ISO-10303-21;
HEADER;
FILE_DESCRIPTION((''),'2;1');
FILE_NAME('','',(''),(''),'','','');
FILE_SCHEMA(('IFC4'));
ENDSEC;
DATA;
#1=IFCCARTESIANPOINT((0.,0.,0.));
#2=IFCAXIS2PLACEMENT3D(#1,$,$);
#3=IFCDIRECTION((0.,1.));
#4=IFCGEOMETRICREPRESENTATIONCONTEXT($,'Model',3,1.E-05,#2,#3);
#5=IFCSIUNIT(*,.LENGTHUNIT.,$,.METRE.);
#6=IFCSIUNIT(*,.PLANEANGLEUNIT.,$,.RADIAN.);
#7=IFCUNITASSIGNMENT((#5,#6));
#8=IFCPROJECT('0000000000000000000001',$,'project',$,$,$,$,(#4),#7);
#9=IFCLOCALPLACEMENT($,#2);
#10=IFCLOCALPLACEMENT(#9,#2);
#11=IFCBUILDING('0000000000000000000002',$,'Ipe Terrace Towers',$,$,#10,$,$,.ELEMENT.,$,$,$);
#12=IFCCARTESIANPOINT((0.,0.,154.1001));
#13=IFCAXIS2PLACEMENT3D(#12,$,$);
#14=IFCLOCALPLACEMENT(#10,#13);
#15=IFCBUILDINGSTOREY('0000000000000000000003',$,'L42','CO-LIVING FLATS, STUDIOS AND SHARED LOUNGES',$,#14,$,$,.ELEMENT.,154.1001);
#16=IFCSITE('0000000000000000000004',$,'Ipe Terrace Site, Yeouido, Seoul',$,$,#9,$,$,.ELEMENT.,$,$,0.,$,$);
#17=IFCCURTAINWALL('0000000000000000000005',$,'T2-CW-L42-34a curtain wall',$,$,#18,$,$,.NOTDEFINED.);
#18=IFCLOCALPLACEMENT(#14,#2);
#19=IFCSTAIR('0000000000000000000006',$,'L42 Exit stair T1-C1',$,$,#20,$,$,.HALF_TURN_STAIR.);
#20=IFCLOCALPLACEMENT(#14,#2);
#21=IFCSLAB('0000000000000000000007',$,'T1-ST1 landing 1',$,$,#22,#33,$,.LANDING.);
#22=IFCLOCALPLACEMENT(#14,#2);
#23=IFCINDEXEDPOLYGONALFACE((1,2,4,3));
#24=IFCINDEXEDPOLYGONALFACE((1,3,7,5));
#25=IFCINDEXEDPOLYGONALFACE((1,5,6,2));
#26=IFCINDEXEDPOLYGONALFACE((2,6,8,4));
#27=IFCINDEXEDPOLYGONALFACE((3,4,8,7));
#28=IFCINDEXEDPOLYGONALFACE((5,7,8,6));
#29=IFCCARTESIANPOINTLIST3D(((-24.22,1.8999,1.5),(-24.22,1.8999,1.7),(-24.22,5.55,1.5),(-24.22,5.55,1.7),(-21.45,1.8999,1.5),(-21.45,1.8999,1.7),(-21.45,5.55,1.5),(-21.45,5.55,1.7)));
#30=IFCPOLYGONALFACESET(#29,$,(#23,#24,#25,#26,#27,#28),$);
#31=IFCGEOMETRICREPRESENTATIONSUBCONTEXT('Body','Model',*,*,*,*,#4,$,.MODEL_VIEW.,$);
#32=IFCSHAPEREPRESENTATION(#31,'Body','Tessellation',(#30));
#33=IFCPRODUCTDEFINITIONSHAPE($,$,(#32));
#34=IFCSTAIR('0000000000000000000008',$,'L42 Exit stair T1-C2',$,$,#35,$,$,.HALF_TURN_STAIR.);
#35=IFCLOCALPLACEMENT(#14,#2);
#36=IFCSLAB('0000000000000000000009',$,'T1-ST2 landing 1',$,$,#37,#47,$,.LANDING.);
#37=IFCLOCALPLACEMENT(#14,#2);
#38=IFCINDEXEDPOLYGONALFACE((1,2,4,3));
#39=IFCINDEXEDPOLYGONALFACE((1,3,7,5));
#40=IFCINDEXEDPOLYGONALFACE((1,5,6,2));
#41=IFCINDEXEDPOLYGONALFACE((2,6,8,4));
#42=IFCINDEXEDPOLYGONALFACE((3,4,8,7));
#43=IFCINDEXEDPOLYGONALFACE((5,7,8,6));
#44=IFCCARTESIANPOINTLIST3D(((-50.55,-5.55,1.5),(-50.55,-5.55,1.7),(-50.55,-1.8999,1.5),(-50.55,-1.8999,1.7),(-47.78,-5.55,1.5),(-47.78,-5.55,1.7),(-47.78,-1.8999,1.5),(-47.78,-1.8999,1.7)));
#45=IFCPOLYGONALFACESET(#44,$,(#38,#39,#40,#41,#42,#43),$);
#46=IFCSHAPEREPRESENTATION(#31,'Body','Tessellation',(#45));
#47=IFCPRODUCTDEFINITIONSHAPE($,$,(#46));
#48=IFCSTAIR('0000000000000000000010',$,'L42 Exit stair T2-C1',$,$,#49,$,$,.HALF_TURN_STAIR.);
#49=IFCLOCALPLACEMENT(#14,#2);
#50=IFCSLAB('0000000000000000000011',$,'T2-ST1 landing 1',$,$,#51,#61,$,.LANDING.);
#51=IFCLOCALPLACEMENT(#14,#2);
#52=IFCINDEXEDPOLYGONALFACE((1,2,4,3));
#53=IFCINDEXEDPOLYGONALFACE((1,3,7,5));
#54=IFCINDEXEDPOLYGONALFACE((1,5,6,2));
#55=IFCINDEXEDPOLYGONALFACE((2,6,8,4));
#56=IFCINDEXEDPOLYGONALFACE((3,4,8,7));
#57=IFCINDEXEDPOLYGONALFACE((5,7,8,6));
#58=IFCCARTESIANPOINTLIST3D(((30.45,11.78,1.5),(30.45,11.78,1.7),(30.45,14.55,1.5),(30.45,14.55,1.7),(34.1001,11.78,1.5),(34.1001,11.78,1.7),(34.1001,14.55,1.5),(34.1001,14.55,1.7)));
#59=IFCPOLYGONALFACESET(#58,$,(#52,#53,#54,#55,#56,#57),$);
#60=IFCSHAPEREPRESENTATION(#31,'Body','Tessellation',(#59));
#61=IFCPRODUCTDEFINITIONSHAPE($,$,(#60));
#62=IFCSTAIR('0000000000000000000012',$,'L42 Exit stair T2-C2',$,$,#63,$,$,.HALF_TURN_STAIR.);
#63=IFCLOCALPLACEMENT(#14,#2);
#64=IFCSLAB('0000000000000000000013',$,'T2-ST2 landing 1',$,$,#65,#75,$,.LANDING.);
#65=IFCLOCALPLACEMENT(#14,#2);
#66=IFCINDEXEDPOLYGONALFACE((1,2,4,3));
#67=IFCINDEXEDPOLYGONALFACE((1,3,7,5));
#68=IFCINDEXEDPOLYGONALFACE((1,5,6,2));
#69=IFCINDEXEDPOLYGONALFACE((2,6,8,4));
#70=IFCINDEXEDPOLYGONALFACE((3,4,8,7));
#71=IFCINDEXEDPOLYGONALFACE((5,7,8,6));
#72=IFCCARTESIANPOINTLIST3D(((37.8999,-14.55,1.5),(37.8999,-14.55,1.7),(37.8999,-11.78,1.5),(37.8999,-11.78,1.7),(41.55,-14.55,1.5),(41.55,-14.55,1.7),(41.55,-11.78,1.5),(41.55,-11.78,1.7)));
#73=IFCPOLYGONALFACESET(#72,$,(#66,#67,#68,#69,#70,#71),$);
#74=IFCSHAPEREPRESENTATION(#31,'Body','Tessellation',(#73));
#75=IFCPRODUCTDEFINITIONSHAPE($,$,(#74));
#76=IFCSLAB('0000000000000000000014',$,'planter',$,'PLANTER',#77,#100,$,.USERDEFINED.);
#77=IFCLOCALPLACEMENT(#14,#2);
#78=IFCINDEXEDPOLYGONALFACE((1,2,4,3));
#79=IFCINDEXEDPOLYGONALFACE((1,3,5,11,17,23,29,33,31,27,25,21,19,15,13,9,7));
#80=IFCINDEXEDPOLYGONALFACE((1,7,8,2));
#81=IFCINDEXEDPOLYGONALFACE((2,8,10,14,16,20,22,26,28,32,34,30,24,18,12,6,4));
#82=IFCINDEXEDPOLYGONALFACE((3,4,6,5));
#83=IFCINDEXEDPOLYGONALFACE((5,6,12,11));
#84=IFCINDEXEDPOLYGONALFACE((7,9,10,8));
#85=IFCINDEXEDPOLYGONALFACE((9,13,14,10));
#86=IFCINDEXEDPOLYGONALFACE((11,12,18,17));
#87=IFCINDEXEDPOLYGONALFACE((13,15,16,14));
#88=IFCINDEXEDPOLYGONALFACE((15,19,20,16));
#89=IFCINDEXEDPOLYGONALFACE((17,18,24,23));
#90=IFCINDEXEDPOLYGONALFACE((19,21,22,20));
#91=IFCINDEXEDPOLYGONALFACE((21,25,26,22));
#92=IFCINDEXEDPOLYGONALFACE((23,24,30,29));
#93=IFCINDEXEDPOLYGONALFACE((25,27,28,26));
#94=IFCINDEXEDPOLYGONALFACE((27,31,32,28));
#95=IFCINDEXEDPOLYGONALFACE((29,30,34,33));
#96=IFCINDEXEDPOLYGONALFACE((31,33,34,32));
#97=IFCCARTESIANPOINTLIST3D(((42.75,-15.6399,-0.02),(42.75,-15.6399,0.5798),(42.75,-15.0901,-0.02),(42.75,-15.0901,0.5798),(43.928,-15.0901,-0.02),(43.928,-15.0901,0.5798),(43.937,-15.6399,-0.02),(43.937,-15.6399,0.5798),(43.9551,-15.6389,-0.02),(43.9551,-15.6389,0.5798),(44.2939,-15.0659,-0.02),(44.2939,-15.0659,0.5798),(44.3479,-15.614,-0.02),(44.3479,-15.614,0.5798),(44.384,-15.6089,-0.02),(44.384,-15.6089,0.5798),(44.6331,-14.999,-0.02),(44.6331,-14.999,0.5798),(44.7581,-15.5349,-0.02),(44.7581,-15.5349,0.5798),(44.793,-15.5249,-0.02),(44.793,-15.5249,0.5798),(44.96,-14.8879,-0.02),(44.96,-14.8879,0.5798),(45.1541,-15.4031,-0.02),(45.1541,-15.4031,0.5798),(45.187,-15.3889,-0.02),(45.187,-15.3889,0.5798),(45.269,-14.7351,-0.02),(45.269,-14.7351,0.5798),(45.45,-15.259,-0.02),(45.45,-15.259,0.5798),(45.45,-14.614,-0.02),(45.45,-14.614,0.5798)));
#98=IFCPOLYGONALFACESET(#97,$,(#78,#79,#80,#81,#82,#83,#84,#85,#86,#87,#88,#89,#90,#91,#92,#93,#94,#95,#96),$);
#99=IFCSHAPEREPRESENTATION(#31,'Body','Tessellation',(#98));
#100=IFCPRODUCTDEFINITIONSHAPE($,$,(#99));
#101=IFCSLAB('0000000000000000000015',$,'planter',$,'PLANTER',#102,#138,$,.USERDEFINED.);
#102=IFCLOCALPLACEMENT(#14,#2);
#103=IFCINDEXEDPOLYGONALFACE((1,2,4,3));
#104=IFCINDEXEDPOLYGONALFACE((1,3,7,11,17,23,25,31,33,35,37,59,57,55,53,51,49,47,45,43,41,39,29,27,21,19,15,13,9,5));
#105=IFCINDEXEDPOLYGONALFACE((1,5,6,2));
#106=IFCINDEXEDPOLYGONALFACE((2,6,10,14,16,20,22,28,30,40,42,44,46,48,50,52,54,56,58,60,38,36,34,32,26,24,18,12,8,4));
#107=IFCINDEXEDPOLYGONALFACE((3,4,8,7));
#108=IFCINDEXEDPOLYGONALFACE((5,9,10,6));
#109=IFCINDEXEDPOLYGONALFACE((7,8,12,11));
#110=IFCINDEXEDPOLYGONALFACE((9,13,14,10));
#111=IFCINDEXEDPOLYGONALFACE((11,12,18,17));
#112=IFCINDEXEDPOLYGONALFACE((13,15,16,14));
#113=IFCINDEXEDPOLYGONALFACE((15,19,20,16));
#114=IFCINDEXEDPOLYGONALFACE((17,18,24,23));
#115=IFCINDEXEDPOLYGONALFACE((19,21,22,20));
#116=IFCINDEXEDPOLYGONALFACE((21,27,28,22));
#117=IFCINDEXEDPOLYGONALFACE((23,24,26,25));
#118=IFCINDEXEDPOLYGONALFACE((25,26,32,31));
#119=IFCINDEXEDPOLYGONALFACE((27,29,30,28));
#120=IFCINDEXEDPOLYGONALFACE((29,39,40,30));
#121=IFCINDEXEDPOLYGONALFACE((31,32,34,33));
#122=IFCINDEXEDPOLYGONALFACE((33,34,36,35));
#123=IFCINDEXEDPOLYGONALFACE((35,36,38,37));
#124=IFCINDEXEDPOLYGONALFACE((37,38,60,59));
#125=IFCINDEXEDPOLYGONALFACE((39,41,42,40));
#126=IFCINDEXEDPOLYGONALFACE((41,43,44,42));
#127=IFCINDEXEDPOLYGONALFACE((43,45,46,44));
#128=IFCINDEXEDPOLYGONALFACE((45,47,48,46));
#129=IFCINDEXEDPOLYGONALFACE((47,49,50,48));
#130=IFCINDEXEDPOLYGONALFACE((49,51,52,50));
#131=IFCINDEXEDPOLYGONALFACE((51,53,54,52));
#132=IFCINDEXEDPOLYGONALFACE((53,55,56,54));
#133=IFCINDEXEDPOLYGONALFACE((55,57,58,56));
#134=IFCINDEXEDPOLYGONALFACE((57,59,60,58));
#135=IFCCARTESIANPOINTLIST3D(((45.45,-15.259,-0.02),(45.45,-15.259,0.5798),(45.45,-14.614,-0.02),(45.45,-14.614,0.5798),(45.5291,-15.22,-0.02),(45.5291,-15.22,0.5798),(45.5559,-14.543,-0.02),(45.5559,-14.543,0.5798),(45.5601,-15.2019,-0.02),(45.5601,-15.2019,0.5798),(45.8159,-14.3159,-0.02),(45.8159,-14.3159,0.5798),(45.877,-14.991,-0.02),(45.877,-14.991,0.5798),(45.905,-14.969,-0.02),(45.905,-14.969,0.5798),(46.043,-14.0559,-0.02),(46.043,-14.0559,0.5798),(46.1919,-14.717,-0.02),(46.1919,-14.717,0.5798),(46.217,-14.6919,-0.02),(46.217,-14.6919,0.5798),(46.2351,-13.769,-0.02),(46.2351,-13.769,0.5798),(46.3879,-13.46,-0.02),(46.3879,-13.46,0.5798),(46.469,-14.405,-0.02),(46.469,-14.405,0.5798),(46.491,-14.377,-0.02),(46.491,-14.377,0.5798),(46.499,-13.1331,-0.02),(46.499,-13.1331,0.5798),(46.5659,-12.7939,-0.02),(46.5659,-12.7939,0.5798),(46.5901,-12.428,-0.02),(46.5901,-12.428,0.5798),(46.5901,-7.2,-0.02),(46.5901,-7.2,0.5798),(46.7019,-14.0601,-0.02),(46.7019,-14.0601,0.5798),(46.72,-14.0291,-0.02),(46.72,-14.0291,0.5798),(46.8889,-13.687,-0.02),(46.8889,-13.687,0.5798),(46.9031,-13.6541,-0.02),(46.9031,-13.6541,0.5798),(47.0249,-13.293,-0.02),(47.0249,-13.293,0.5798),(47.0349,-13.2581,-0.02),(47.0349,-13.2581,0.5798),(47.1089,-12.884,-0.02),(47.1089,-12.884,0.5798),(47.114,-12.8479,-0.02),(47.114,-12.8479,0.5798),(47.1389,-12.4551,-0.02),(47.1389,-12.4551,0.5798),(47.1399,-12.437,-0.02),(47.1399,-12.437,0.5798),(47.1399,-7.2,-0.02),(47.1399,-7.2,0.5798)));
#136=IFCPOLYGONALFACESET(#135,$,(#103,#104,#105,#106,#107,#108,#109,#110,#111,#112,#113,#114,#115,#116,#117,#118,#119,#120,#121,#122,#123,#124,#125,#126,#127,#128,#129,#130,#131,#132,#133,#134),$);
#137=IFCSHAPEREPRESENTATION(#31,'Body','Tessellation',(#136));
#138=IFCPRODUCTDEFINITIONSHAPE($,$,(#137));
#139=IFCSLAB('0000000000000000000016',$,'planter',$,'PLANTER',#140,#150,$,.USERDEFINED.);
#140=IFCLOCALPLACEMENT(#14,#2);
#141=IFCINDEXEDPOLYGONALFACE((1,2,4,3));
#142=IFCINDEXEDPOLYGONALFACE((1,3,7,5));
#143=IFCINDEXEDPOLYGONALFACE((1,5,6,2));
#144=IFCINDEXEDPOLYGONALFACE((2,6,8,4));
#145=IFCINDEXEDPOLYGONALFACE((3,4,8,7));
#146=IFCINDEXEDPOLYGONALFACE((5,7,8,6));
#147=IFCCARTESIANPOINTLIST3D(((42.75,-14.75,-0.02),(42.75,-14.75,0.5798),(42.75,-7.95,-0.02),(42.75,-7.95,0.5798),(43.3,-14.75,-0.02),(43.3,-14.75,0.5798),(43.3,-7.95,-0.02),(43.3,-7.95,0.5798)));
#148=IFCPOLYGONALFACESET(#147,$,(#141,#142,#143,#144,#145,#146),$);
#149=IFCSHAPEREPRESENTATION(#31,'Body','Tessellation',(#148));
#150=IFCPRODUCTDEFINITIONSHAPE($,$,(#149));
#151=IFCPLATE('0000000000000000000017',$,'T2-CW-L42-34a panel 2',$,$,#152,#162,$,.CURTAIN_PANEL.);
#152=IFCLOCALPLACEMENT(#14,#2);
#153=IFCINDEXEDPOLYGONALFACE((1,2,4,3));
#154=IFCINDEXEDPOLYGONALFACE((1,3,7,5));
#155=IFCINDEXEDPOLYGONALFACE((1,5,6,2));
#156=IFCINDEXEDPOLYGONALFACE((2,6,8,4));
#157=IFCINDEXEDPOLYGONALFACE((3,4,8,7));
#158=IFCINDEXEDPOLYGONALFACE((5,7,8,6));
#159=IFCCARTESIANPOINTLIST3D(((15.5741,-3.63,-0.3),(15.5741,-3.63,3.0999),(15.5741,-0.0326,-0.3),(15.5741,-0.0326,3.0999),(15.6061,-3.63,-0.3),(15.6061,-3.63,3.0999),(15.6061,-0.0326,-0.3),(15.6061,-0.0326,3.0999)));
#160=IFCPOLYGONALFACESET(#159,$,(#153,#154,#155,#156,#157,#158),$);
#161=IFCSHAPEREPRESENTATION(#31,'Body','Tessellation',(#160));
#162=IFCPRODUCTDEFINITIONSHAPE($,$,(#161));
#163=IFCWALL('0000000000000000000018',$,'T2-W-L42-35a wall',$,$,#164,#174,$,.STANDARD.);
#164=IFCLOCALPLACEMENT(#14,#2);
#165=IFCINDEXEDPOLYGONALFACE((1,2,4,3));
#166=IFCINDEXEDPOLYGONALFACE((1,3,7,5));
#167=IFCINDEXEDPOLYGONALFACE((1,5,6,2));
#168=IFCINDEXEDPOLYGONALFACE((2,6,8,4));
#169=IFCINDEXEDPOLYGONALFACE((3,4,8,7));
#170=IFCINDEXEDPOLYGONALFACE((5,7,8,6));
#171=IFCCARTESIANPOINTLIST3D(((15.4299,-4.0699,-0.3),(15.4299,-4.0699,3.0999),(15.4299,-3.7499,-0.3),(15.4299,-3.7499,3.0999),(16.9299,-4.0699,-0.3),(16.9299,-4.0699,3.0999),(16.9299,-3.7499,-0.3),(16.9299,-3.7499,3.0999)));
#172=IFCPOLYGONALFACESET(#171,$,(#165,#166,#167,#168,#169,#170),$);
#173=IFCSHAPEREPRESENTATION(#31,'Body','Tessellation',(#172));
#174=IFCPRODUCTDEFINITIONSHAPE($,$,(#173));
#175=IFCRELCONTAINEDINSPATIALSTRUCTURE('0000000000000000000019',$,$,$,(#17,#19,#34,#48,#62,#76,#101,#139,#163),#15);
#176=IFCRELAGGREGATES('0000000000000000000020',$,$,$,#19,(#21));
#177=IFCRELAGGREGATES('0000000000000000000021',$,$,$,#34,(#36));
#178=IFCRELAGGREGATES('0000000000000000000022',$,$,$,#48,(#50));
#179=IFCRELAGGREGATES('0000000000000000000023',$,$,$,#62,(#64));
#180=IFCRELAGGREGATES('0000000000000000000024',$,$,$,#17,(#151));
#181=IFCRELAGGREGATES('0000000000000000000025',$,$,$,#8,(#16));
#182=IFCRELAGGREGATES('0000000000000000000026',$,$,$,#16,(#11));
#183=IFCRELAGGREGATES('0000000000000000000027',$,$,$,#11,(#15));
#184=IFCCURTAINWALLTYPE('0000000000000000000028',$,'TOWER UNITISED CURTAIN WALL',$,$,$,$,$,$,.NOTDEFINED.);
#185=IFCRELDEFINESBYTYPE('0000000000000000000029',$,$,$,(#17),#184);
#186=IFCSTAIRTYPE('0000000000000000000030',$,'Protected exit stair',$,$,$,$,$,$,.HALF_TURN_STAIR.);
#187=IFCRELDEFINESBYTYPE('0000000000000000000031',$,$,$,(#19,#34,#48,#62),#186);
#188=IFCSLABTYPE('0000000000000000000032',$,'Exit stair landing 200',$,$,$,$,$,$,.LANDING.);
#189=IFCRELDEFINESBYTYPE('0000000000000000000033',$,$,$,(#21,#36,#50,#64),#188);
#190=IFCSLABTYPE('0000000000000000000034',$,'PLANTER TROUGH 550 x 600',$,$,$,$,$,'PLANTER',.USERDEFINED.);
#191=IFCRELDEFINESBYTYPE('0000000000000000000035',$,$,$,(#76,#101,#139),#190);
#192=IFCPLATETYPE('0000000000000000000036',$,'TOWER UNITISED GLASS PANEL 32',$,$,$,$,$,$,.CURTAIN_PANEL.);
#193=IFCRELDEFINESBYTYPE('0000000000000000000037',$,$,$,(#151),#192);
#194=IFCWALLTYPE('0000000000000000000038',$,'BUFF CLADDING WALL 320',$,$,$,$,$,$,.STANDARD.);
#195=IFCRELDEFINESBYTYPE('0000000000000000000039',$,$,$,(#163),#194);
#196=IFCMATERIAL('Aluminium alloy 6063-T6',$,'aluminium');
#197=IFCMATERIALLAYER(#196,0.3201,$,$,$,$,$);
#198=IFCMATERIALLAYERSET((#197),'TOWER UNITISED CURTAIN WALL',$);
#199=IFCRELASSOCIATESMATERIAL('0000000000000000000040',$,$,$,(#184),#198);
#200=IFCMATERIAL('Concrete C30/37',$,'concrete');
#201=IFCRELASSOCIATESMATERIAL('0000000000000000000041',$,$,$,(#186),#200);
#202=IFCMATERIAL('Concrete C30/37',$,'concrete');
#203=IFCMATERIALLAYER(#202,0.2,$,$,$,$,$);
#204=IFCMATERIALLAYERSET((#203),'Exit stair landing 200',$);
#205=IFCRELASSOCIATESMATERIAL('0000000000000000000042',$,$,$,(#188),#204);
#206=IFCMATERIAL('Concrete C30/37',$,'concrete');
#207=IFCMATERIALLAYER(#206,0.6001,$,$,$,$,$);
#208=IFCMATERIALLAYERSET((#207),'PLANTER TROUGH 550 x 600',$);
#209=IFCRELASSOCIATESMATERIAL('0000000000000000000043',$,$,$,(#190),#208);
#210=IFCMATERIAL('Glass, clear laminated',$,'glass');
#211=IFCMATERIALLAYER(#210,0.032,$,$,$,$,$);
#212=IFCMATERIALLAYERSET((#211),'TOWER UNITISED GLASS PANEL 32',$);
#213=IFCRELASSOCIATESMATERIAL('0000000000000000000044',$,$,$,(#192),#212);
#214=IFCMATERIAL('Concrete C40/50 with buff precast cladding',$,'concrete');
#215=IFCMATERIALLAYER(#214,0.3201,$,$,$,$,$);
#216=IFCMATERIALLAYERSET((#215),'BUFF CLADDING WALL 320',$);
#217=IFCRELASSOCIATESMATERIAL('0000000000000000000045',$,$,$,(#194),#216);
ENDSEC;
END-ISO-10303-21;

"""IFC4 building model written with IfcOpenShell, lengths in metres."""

from ifc_helpers import new_model, si_unit, direction, frame, frame_2d, origin, origin_2d, place, context, subcontext, project, spatial, polyline, rectangle, outline, extrude, material, layer, layer_set, type_object, element, aggregate, save


model = new_model("IFC4")

# Units and contexts
model_context = context("Model", 3, precision=1e-05, world=origin(), true_north=direction((0.0, 1.0)))
body_context = subcontext(model_context, "Body", "Model", "MODEL_VIEW")
ifc_project = project(units=[si_unit("LENGTHUNIT", "METRE"), si_unit("PLANEANGLEUNIT", "RADIAN")], contexts=[model_context])

# Site, building, storey
site_placement = place(None, origin())
site = spatial("IfcSite", under=ifc_project, at=site_placement, Name="Ipe Terrace Site, Yeouido, Seoul", CompositionType="ELEMENT", RefElevation=0.0)
building_placement = place(site_placement, origin())
building = spatial("IfcBuilding", under=site, at=building_placement, Name="Ipe Terrace Towers", CompositionType="ELEMENT")
storey_placement = place(building_placement, frame((0.0, 0.0, 154.1001)))
storey = spatial("IfcBuildingStorey", under=building, at=storey_placement, Name="L42", Description="CO-LIVING FLATS, STUDIOS AND SHARED LOUNGES", CompositionType="ELEMENT", Elevation=154.1001)

# Curtain wall
ifc_material_1 = material(Name="Aluminium alloy 6063-T6", Category="aluminium")
ifc_layer_1 = layer(ifc_material_1, 0.3201)
ifc_layer_set_1 = layer_set([ifc_layer_1], Name="TOWER UNITISED CURTAIN WALL")
curtain_wall_type = type_object("IfcCurtainWallType", Name="TOWER UNITISED CURTAIN WALL", PredefinedType="NOTDEFINED", material=ifc_layer_set_1)
curtain_wall_1_placement = place(storey_placement, origin())
curtain_wall_1 = element("IfcCurtainWall", 1, at=curtain_wall_1_placement, inside=storey, type_object=curtain_wall_type, Name="T2-CW-L42-34a curtain wall", PredefinedType="NOTDEFINED")

# Stairs, slabs
ifc_material_2 = material(Name="Concrete C30/37", Category="concrete")
stair_type = type_object("IfcStairType", Name="Protected exit stair", PredefinedType="HALF_TURN_STAIR", material=ifc_material_2)
stair_1_placement = place(storey_placement, origin())
stair_1 = element("IfcStair", 2, at=stair_1_placement, inside=storey, type_object=stair_type, Name="L42 Exit stair T1-C1", PredefinedType="HALF_TURN_STAIR")
ifc_material_3 = material(Name="Concrete C30/37", Category="concrete")
ifc_layer_2 = layer(ifc_material_3, 0.2)
ifc_layer_set_2 = layer_set([ifc_layer_2], Name="Exit stair landing 200")
slab_type_1 = type_object("IfcSlabType", Name="Exit stair landing 200", PredefinedType="LANDING", material=ifc_layer_set_2)
slab_1_placement = place(storey_placement, frame((0.0, 0.0, 1.5)))
slab_1 = element("IfcSlab", 3, at=slab_1_placement, type_object=slab_type_1, Name="T1-ST1 landing 1", PredefinedType="LANDING", context=body_context, shape_type="SweptSolid", body=[
    extrude(outline(polyline([(-24.22, 1.8999), (-21.45, 1.8999), (-21.45, 5.55), (-24.22, 5.55), (-24.22, 1.8999)])), origin(), (0.0, 0.0, 1.0), 0.2),
])
aggregate(stair_1, [slab_1])
stair_2_placement = place(storey_placement, origin())
stair_2 = element("IfcStair", 4, at=stair_2_placement, inside=storey, type_object=stair_type, Name="L42 Exit stair T1-C2", PredefinedType="HALF_TURN_STAIR")
slab_2_placement = place(storey_placement, frame((0.0, 0.0, 1.5)))
slab_2 = element("IfcSlab", 5, at=slab_2_placement, type_object=slab_type_1, Name="T1-ST2 landing 1", PredefinedType="LANDING", context=body_context, shape_type="SweptSolid", body=[
    extrude(outline(polyline([(-47.78, -1.8999), (-50.55, -1.8999), (-50.55, -5.55), (-47.78, -5.55), (-47.78, -1.8999)])), origin(), (0.0, 0.0, 1.0), 0.2),
])
aggregate(stair_2, [slab_2])
stair_3_placement = place(storey_placement, origin())
stair_3 = element("IfcStair", 6, at=stair_3_placement, inside=storey, type_object=stair_type, Name="L42 Exit stair T2-C1", PredefinedType="HALF_TURN_STAIR")
slab_3_placement = place(storey_placement, frame((0.0, 0.0, 1.5)))
slab_3 = element("IfcSlab", 7, at=slab_3_placement, type_object=slab_type_1, Name="T2-ST1 landing 1", PredefinedType="LANDING", context=body_context, shape_type="SweptSolid", body=[
    extrude(outline(polyline([(34.1001, 11.78), (34.1001, 14.55), (30.45, 14.55), (30.45, 11.78), (34.1001, 11.78)])), origin(), (0.0, 0.0, 1.0), 0.2),
])
aggregate(stair_3, [slab_3])
stair_4_placement = place(storey_placement, origin())
stair_4 = element("IfcStair", 8, at=stair_4_placement, inside=storey, type_object=stair_type, Name="L42 Exit stair T2-C2", PredefinedType="HALF_TURN_STAIR")
slab_4_placement = place(storey_placement, frame((0.0, 0.0, 1.5)))
slab_4 = element("IfcSlab", 9, at=slab_4_placement, type_object=slab_type_1, Name="T2-ST2 landing 1", PredefinedType="LANDING", context=body_context, shape_type="SweptSolid", body=[
    extrude(outline(polyline([(37.8999, -11.78), (37.8999, -14.55), (41.55, -14.55), (41.55, -11.78), (37.8999, -11.78)])), origin(), (0.0, 0.0, 1.0), 0.2),
])
aggregate(stair_4, [slab_4])

# Slabs
ifc_material_4 = material(Name="Concrete C30/37", Category="concrete")
ifc_layer_3 = layer(ifc_material_4, 0.6001)
ifc_layer_set_3 = layer_set([ifc_layer_3], Name="PLANTER TROUGH 550 x 600")
slab_type_2 = type_object("IfcSlabType", Name="PLANTER TROUGH 550 x 600", ElementType="PLANTER", PredefinedType="USERDEFINED", material=ifc_layer_set_3)
slab_5_placement = place(storey_placement, frame((0.0, 0.0, -0.02)))
element("IfcSlab", 10, at=slab_5_placement, inside=storey, type_object=slab_type_2, Name="planter", ObjectType="PLANTER", PredefinedType="USERDEFINED", context=body_context, shape_type="SweptSolid", body=[
    extrude(outline(polyline([(44.6331, -14.999), (44.2939, -15.0659), (43.928, -15.0901), (42.75, -15.0901), (42.75, -15.6399), (43.937, -15.6399), (43.9551, -15.6389), (44.3479, -15.614), (44.384, -15.6089), (44.7581, -15.5349), (44.793, -15.5249), (45.1541, -15.4031), (45.187, -15.3889), (45.45, -15.259), (45.45, -14.614), (45.269, -14.7351), (44.96, -14.8879), (44.6331, -14.999)])), origin(), (0.0, 0.0, 1.0), 0.5999),
])
slab_6_placement = place(storey_placement, frame((0.0, 0.0, -0.02)))
element("IfcSlab", 11, at=slab_6_placement, inside=storey, type_object=slab_type_2, Name="planter", ObjectType="PLANTER", PredefinedType="USERDEFINED", context=body_context, shape_type="SweptSolid", body=[
    extrude(outline(polyline([(45.5559, -14.543), (45.45, -14.614), (45.45, -15.259), (45.5291, -15.22), (45.5601, -15.2019), (45.877, -14.991), (45.905, -14.969), (46.1919, -14.717), (46.217, -14.6919), (46.469, -14.405), (46.491, -14.377), (46.7019, -14.0601), (46.72, -14.0291), (46.8889, -13.687), (46.9031, -13.6541), (47.0249, -13.293), (47.0349, -13.2581), (47.1089, -12.884), (47.114, -12.8479), (47.1389, -12.4551), (47.1399, -12.437), (47.1399, -7.2), (46.5901, -7.2), (46.5901, -12.428), (46.5659, -12.7939), (46.499, -13.1331), (46.3879, -13.46), (46.2351, -13.769), (46.043, -14.0559), (45.8159, -14.3159), (45.5559, -14.543)])), origin(), (0.0, 0.0, 1.0), 0.5999),
])
slab_7_placement = place(storey_placement, frame((0.0, 0.0, -0.02)))
element("IfcSlab", 12, at=slab_7_placement, inside=storey, type_object=slab_type_2, Name="planter", ObjectType="PLANTER", PredefinedType="USERDEFINED", context=body_context, shape_type="SweptSolid", body=[
    extrude(outline(polyline([(42.75, -7.95), (42.75, -14.75), (43.3, -14.75), (43.3, -7.95), (42.75, -7.95)])), origin(), (0.0, 0.0, 1.0), 0.5999),
])

# Plate
ifc_material_5 = material(Name="Glass, clear laminated", Category="glass")
ifc_layer_4 = layer(ifc_material_5, 0.032)
ifc_layer_set_4 = layer_set([ifc_layer_4], Name="TOWER UNITISED GLASS PANEL 32")
plate_type = type_object("IfcPlateType", Name="TOWER UNITISED GLASS PANEL 32", PredefinedType="CURTAIN_PANEL", material=ifc_layer_set_4)
plate_placement = place(storey_placement, frame((15.5901, -1.8313, -0.3), z_axis=(0.0, 0.0, 1.0), x_axis=(0.0, -1.0, 0.0)))
plate = element("IfcPlate", 13, at=plate_placement, type_object=plate_type, Name="T2-CW-L42-34a panel 2", PredefinedType="CURTAIN_PANEL", context=body_context, shape_type="SweptSolid", body=[
    extrude(rectangle(XDim=3.5974, YDim=0.032, at=origin_2d()), origin(), (0.0, 0.0, 1.0), 3.3999),
])
aggregate(curtain_wall_1, [plate])

# Wall
ifc_material_6 = material(Name="Concrete C40/50 with buff precast cladding", Category="concrete")
ifc_layer_5 = layer(ifc_material_6, 0.3201)
ifc_layer_set_5 = layer_set([ifc_layer_5], Name="BUFF CLADDING WALL 320")
wall_type_1 = type_object("IfcWallType", Name="BUFF CLADDING WALL 320", PredefinedType="STANDARD", material=ifc_layer_set_5)
wall_1_placement = place(storey_placement, frame((15.4299, -3.9099, -0.3), z_axis=(0.0, 0.0, 1.0), x_axis=(1.0, 0.0, 0.0)))
element("IfcWall", 14, at=wall_1_placement, inside=storey, type_object=wall_type_1, Name="T2-W-L42-35a wall", PredefinedType="STANDARD", context=body_context, shape_type="SweptSolid", body=[
    extrude(rectangle(XDim=1.5, YDim=0.3201, at=frame_2d((0.75, 0.0))), origin(), (0.0, 0.0, 1.0), 3.3999),
])

save(model, "model.ifc")
